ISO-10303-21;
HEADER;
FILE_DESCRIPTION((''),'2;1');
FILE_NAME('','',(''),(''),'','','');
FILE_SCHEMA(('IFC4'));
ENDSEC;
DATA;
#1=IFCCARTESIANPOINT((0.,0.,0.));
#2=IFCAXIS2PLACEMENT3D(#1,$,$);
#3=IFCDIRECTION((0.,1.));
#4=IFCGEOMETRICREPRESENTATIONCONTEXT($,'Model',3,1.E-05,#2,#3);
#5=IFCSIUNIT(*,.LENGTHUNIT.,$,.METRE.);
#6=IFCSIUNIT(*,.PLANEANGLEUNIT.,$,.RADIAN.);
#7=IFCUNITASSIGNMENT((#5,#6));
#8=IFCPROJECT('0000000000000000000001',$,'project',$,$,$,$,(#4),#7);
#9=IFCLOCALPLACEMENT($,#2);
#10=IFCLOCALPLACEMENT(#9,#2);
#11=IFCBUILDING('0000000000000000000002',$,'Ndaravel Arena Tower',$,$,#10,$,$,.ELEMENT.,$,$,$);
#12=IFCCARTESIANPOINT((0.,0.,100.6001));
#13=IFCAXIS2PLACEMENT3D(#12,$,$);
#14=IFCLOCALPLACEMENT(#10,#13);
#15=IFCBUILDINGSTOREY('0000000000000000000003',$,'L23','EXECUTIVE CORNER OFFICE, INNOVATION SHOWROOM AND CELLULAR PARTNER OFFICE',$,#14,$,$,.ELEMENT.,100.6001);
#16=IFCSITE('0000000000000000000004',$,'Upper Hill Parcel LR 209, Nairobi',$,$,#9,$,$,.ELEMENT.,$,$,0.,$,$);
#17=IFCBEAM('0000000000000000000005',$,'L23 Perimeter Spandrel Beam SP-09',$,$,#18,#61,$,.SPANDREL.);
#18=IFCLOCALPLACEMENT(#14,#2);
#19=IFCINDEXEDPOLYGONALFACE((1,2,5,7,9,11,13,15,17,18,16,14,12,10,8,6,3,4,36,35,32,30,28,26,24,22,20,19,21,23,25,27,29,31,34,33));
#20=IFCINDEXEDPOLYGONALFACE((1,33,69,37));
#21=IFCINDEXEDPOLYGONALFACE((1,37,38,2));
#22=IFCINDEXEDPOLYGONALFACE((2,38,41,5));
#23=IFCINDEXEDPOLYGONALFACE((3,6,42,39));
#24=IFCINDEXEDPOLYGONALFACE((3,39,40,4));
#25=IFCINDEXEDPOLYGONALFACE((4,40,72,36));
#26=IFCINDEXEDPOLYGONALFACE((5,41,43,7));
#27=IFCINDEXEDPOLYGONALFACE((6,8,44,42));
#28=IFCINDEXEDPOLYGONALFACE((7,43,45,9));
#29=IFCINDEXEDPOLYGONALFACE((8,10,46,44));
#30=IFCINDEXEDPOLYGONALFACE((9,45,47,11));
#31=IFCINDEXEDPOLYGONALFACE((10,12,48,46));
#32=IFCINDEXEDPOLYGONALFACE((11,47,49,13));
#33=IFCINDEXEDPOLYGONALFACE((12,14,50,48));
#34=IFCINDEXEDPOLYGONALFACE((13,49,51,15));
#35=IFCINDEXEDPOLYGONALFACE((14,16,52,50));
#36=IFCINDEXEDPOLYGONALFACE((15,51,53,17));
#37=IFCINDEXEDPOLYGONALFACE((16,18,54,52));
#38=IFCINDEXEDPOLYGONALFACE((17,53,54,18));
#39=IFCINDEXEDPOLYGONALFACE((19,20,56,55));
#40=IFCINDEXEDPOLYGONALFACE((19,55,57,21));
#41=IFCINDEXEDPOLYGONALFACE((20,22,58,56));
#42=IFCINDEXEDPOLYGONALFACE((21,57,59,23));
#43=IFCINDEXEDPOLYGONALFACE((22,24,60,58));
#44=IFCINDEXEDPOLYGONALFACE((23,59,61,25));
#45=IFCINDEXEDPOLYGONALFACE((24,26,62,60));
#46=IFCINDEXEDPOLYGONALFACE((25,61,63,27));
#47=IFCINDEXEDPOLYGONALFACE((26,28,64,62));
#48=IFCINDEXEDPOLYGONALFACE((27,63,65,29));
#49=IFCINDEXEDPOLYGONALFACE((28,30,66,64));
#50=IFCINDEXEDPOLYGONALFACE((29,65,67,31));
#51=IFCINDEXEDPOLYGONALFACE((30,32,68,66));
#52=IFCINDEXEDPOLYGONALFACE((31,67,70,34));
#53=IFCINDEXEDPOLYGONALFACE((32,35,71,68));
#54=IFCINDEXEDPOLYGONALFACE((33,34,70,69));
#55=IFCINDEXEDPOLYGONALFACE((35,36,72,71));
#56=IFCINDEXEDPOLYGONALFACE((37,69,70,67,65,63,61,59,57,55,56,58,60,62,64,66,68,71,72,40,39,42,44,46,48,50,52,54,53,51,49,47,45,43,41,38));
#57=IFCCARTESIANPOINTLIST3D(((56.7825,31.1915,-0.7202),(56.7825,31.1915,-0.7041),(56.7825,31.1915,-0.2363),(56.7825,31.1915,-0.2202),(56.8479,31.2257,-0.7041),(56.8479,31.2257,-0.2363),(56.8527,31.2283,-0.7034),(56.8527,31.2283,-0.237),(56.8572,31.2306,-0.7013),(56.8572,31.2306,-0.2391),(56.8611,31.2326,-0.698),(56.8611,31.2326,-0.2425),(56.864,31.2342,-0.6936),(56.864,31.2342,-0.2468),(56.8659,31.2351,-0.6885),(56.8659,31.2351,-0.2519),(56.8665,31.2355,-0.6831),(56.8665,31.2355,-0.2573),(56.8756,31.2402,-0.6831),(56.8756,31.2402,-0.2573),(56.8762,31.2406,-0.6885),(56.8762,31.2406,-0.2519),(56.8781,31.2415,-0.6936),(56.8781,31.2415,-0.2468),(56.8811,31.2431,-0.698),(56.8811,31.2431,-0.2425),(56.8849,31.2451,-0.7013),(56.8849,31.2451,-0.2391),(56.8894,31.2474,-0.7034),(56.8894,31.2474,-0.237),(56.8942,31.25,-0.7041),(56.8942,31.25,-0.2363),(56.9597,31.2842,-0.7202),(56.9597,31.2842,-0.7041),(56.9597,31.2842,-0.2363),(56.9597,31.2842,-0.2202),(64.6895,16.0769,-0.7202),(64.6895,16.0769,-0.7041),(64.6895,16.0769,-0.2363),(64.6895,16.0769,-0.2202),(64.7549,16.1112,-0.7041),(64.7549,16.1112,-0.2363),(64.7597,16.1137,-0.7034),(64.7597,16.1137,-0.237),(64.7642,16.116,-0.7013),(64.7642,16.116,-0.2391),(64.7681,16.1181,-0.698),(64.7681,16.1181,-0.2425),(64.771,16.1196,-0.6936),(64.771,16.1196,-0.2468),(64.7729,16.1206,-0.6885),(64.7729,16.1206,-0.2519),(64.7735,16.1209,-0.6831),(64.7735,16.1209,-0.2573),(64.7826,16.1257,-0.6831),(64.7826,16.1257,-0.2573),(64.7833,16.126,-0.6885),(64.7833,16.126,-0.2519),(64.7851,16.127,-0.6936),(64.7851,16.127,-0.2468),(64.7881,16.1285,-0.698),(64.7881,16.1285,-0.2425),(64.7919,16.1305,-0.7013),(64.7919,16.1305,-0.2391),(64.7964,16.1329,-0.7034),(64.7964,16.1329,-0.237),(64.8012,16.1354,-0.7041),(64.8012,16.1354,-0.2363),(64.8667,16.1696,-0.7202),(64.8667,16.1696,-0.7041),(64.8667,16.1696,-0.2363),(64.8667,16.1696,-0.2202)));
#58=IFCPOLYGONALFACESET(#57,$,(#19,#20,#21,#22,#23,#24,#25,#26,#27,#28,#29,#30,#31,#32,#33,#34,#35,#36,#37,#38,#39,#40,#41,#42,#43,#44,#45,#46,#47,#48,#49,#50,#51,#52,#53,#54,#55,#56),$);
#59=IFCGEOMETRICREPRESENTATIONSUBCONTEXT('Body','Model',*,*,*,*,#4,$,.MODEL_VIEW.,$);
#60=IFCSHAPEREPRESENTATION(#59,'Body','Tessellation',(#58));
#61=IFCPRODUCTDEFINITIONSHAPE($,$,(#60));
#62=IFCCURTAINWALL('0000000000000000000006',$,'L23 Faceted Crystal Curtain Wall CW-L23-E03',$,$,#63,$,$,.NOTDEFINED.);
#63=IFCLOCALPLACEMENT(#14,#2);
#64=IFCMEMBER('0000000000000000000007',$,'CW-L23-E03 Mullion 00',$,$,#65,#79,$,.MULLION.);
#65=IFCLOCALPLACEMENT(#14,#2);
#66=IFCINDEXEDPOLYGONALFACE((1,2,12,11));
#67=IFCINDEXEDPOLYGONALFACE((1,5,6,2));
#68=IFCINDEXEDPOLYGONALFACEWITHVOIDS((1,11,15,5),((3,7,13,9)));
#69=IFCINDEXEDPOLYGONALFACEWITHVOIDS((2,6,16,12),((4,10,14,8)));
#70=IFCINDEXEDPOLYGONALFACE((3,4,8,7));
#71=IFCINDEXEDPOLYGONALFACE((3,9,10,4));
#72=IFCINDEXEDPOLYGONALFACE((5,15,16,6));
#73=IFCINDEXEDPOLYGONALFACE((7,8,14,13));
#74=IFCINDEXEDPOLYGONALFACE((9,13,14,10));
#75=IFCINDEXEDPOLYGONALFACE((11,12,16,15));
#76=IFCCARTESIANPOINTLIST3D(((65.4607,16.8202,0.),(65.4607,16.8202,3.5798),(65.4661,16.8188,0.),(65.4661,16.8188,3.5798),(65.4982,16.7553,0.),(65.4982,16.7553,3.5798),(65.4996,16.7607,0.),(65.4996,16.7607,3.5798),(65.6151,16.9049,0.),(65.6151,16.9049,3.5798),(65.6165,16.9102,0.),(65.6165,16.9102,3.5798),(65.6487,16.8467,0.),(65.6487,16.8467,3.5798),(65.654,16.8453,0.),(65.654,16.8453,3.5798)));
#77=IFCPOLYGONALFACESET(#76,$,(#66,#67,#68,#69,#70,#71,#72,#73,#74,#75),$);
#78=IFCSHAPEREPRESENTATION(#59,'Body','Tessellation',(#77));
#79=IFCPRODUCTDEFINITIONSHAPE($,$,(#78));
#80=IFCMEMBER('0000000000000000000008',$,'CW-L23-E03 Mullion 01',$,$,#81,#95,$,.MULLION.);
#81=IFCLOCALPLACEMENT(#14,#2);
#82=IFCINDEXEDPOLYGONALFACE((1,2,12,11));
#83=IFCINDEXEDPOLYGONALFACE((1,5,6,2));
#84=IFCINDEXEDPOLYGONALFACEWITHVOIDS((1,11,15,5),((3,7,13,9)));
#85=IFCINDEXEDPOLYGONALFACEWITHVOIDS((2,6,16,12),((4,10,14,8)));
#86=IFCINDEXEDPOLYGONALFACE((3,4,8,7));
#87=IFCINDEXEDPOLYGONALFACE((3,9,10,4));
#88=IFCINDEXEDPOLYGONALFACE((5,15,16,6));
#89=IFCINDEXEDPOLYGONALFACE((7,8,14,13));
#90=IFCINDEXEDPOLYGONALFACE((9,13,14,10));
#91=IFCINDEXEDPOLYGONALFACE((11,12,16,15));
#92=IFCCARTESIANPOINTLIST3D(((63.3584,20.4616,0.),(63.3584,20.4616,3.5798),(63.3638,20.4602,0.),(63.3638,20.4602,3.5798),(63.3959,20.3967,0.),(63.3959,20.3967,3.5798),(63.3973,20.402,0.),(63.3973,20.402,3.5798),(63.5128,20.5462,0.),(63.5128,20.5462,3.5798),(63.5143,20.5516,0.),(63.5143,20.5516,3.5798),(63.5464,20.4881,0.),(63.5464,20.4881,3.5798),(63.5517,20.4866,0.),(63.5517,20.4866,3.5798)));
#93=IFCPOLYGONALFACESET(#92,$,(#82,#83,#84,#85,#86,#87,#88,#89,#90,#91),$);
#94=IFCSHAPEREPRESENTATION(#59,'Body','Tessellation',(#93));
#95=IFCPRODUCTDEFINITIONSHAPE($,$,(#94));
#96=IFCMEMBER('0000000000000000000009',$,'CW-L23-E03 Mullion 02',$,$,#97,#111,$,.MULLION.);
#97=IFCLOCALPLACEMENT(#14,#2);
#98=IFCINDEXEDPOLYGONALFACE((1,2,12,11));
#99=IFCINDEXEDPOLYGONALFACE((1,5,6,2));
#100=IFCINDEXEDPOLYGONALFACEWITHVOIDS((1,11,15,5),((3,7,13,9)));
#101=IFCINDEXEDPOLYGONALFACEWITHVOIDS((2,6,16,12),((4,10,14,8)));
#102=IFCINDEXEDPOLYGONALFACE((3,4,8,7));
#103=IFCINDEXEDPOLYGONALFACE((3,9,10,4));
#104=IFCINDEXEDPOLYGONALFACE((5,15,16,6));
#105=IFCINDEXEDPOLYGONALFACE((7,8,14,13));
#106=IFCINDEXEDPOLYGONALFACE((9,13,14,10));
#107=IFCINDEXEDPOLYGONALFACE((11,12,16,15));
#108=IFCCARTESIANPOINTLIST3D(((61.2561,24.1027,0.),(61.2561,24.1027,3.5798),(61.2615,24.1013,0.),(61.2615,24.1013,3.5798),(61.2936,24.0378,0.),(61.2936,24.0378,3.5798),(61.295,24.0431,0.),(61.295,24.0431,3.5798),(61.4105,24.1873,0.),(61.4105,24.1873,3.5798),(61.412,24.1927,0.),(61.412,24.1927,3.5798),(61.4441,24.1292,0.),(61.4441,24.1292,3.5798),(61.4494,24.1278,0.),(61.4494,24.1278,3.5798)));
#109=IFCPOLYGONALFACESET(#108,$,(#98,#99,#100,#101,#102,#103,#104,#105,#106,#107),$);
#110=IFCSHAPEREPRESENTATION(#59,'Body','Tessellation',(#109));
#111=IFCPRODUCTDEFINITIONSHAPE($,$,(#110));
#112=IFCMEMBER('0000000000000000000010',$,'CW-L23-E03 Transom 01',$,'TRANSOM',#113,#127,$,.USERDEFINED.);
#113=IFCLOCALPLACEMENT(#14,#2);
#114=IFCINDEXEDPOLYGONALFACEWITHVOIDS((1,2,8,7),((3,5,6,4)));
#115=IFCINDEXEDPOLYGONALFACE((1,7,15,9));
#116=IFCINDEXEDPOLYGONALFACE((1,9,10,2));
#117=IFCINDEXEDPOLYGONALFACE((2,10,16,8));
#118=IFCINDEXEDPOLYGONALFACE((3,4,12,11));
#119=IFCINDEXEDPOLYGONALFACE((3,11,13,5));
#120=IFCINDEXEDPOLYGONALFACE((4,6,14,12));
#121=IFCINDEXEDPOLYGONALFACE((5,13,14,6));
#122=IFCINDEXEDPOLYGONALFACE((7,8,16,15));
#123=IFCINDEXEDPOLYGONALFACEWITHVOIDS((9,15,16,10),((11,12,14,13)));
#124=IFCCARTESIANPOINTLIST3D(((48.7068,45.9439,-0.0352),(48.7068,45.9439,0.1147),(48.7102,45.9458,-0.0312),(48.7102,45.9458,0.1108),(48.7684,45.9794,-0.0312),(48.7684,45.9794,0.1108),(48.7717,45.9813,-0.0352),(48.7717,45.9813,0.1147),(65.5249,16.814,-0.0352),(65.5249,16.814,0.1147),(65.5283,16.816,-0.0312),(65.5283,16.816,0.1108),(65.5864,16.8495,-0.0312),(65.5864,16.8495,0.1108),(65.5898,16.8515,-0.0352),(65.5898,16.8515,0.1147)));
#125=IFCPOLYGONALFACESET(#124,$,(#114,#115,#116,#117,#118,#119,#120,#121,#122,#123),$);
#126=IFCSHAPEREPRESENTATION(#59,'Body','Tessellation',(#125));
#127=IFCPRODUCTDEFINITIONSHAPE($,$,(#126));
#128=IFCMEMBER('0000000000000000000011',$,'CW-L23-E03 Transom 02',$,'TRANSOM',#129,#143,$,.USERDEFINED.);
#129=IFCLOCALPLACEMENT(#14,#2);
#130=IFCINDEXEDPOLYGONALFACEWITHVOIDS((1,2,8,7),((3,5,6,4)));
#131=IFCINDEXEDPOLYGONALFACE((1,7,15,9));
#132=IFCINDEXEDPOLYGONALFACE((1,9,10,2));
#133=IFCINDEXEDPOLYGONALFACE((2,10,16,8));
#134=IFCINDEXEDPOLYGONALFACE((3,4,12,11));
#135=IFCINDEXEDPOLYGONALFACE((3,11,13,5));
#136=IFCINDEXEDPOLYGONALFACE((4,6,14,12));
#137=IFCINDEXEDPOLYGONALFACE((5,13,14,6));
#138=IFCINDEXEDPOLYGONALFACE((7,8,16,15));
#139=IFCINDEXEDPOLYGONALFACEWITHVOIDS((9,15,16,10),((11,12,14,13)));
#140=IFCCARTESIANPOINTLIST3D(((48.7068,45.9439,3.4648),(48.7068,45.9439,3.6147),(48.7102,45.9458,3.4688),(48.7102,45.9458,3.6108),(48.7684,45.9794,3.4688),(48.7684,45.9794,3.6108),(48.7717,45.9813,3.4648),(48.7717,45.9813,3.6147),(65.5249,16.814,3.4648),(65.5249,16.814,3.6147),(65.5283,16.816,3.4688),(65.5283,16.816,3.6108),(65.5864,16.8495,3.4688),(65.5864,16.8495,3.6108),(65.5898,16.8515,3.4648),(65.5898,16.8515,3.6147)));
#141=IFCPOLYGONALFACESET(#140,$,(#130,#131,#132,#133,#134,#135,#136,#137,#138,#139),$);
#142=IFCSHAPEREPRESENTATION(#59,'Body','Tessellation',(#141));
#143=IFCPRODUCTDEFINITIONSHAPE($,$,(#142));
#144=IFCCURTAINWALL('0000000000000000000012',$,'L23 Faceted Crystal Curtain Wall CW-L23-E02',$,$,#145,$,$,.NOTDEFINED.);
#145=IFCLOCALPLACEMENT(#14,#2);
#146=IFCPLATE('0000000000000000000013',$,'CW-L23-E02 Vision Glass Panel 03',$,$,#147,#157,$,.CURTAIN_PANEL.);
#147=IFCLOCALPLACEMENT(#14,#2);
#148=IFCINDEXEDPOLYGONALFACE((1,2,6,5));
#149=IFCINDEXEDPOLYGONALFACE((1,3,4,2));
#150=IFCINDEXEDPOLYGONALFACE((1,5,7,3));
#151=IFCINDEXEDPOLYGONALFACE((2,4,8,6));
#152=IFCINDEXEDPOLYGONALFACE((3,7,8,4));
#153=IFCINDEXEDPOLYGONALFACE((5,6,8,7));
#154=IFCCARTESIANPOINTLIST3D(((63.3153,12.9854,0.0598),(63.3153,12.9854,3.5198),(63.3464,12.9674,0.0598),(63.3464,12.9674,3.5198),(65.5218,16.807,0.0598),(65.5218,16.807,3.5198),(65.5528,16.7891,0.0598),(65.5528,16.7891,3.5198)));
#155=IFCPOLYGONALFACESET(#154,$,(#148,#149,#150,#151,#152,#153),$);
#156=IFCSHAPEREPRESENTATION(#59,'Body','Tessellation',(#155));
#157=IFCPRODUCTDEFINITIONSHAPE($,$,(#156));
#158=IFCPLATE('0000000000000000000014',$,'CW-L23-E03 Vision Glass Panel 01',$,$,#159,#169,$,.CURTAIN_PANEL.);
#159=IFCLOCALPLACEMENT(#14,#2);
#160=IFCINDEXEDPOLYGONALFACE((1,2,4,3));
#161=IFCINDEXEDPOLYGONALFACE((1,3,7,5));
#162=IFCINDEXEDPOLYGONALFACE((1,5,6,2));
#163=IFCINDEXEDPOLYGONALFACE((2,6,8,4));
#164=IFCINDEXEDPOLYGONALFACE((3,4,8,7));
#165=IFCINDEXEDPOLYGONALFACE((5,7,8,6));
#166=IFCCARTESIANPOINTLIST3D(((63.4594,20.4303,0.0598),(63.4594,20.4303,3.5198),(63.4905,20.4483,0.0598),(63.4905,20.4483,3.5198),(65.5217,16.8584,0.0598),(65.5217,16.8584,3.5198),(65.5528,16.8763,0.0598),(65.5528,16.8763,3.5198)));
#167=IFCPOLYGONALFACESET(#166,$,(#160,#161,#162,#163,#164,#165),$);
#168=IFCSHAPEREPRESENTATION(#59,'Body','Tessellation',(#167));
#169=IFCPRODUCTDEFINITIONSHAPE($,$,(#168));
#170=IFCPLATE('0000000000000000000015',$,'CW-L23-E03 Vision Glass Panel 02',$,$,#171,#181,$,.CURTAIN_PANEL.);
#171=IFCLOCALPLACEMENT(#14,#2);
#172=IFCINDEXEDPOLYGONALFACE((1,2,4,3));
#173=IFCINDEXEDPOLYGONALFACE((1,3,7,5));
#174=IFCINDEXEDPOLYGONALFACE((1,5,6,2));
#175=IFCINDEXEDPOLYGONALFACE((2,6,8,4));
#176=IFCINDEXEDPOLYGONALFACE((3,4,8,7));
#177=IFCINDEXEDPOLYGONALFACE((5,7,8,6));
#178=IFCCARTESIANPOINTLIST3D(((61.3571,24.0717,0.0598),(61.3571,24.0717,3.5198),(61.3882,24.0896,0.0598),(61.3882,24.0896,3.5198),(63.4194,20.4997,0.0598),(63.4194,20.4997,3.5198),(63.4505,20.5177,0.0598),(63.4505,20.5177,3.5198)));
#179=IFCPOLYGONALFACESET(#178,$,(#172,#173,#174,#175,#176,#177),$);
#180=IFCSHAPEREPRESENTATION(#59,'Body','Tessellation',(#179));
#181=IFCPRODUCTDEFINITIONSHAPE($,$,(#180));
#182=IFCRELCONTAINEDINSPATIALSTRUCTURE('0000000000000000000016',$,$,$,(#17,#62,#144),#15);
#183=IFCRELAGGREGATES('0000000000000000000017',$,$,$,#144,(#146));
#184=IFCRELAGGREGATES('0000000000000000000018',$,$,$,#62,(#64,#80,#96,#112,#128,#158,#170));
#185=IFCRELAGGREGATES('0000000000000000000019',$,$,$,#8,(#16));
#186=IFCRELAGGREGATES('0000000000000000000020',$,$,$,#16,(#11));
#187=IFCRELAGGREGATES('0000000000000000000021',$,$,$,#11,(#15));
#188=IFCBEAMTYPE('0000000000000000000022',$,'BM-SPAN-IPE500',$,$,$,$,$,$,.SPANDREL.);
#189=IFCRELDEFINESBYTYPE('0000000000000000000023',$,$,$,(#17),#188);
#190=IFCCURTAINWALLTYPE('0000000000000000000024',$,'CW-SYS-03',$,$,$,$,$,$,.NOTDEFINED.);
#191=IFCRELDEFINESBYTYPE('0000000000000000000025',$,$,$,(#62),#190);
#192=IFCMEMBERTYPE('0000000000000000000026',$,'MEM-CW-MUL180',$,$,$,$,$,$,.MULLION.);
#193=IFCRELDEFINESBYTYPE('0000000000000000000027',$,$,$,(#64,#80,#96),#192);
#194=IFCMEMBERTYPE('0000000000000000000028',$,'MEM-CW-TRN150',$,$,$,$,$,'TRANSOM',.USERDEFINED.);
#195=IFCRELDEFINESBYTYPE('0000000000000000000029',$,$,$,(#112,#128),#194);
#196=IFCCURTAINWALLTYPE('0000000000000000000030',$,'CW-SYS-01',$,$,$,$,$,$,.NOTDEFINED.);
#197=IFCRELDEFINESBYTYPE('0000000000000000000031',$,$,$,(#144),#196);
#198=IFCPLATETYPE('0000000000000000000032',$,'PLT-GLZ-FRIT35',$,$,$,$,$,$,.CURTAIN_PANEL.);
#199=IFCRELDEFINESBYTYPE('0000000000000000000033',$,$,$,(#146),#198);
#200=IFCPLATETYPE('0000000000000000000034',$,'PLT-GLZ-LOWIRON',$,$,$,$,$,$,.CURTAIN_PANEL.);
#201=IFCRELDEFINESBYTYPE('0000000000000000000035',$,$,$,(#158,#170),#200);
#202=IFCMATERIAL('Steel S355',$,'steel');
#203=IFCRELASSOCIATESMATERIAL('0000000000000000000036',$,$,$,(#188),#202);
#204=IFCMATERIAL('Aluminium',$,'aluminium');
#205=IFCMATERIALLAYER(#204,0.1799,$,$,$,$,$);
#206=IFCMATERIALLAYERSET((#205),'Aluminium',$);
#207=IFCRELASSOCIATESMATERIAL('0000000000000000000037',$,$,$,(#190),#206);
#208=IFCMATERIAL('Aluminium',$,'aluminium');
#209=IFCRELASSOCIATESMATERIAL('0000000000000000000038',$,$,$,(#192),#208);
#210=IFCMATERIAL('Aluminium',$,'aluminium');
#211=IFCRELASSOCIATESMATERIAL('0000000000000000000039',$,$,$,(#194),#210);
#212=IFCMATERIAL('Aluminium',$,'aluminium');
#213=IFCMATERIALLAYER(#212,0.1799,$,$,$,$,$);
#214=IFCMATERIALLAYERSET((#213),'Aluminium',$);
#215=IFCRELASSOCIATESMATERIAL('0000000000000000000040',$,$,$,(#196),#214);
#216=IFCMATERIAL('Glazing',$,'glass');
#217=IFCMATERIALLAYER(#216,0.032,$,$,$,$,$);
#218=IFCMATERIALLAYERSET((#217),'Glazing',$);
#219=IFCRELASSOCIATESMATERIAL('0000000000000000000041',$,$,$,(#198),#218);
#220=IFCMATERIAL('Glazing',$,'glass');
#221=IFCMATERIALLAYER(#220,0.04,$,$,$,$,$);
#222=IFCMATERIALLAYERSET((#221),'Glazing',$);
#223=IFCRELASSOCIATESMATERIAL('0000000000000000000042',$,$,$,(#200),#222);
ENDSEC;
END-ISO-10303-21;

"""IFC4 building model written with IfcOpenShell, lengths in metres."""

from ifc_helpers import new_model, si_unit, direction, frame, origin, origin_2d, place, context, subcontext, project, spatial, rectangle, hollow_rectangle, i_section, extrude, material, layer, layer_set, material_profile, profile_set, type_object, element, aggregate, save


model = new_model("IFC4")

# Units and contexts
model_context = context("Model", 3, precision=1e-05, world=origin(), true_north=direction((0.0, 1.0)))
body_context = subcontext(model_context, "Body", "Model", "MODEL_VIEW")
ifc_project = project(units=[si_unit("LENGTHUNIT", "METRE"), si_unit("PLANEANGLEUNIT", "RADIAN")], contexts=[model_context])

# Site, building, storey
site_placement = place(None, origin())
site = spatial("IfcSite", under=ifc_project, at=site_placement, Name="Upper Hill Parcel LR 209, Nairobi", CompositionType="ELEMENT", RefElevation=0.0)
building_placement = place(site_placement, origin())
building = spatial("IfcBuilding", under=site, at=building_placement, Name="Ndaravel Arena Tower", CompositionType="ELEMENT")
storey_placement = place(building_placement, frame((0.0, 0.0, 100.6001)))
storey = spatial("IfcBuildingStorey", under=building, at=storey_placement, Name="L23", Description="EXECUTIVE CORNER OFFICE, INNOVATION SHOWROOM AND CELLULAR PARTNER OFFICE", CompositionType="ELEMENT", Elevation=100.6001)

# Beam
ifc_material_1 = material(Name="Steel S355", Category="steel")
ifc_material_profile_1 = material_profile(ifc_material_1, i_section(OverallWidth=0.2, OverallDepth=0.5, WebThickness=0.0103, FlangeThickness=0.0161, FilletRadius=0.021, at=origin_2d()), Name="IPE 500")
ifc_profile_set_1 = profile_set([ifc_material_profile_1], Name="Steel S355")
beam_type_1 = type_object("IfcBeamType", Name="BM-SPAN-IPE500", PredefinedType="SPANDREL", material=ifc_profile_set_1)
beam_1_placement = place(storey_placement, frame((64.7781, 16.1233, -0.4702), z_axis=(-0.463541, 0.886076, 0.0), x_axis=(-0.886076, -0.463541, 0.0)))
element("IfcBeam", 1, at=beam_1_placement, inside=storey, type_object=beam_type_1, Name="L23 Perimeter Spandrel Beam SP-09", PredefinedType="SPANDREL", context=body_context, shape_type="SweptSolid", body=[
    extrude(i_section(OverallWidth=0.2, OverallDepth=0.5, WebThickness=0.0103, FlangeThickness=0.0161, FilletRadius=0.021, at=origin_2d()), origin(), (0.0, 0.0, 1.0), 17.0579),
])

# Curtain wall, members
ifc_material_2 = material(Name="Aluminium", Category="aluminium")
ifc_layer_1 = layer(ifc_material_2, 0.1799)
ifc_layer_set_1 = layer_set([ifc_layer_1], Name="Aluminium")
curtain_wall_type_1 = type_object("IfcCurtainWallType", Name="CW-SYS-03", PredefinedType="NOTDEFINED", material=ifc_layer_set_1)
curtain_wall_1_placement = place(storey_placement, origin())
curtain_wall_1 = element("IfcCurtainWall", 2, at=curtain_wall_1_placement, inside=storey, type_object=curtain_wall_type_1, Name="L23 Faceted Crystal Curtain Wall CW-L23-E03", PredefinedType="NOTDEFINED")
ifc_material_3 = material(Name="Aluminium", Category="aluminium")
ifc_material_profile_2 = material_profile(ifc_material_3, hollow_rectangle(XDim=0.075, YDim=0.1799, WallThickness=0.0039, at=origin_2d()), Name="CW MULLION 75x180x4")
ifc_profile_set_2 = profile_set([ifc_material_profile_2], Name="Aluminium")
member_type_1 = type_object("IfcMemberType", Name="MEM-CW-MUL180", PredefinedType="MULLION", material=ifc_profile_set_2)
member_1_placement = place(storey_placement, frame((65.5574, 16.8328, 0.0), z_axis=(0.0, 0.0, 1.0), x_axis=(-0.5, 0.866025, 0.0)))
member_1 = element("IfcMember", 3, at=member_1_placement, type_object=member_type_1, Name="CW-L23-E03 Mullion 00", PredefinedType="MULLION", context=body_context, shape_type="SweptSolid", body=[
    extrude(hollow_rectangle(XDim=0.075, YDim=0.1799, WallThickness=0.0039, at=origin_2d()), origin(), (0.0, 0.0, 1.0), 3.5798),
])
member_2_placement = place(storey_placement, frame((63.4551, 20.4741, 0.0), z_axis=(0.0, 0.0, 1.0), x_axis=(-0.5, 0.866025, 0.0)))
member_2 = element("IfcMember", 4, at=member_2_placement, type_object=member_type_1, Name="CW-L23-E03 Mullion 01", PredefinedType="MULLION", context=body_context, shape_type="SweptSolid", body=[
    extrude(hollow_rectangle(XDim=0.075, YDim=0.1799, WallThickness=0.0039, at=origin_2d()), origin(), (0.0, 0.0, 1.0), 3.5798),
])
member_3_placement = place(storey_placement, frame((61.3528, 24.1152, 0.0), z_axis=(0.0, 0.0, 1.0), x_axis=(-0.5, 0.866025, 0.0)))
member_3 = element("IfcMember", 5, at=member_3_placement, type_object=member_type_1, Name="CW-L23-E03 Mullion 02", PredefinedType="MULLION", context=body_context, shape_type="SweptSolid", body=[
    extrude(hollow_rectangle(XDim=0.075, YDim=0.1799, WallThickness=0.0039, at=origin_2d()), origin(), (0.0, 0.0, 1.0), 3.5798),
])
ifc_material_4 = material(Name="Aluminium", Category="aluminium")
ifc_material_profile_3 = material_profile(ifc_material_4, hollow_rectangle(XDim=0.075, YDim=0.1499, WallThickness=0.0039, at=origin_2d()), Name="CW TRANSOM 75x150x4")
ifc_profile_set_3 = profile_set([ifc_material_profile_3], Name="Aluminium")
member_type_2 = type_object("IfcMemberType", Name="MEM-CW-TRN150", ElementType="TRANSOM", PredefinedType="USERDEFINED", material=ifc_profile_set_3)
member_4_placement = place(storey_placement, frame((65.5574, 16.8328, 0.0398), z_axis=(-0.499999, 0.866026, 0.0), x_axis=(-0.866026, -0.499999, 0.0)))
member_4 = element("IfcMember", 6, at=member_4_placement, type_object=member_type_2, Name="CW-L23-E03 Transom 01", ObjectType="TRANSOM", PredefinedType="USERDEFINED", context=body_context, shape_type="SweptSolid", body=[
    extrude(hollow_rectangle(XDim=0.075, YDim=0.1499, WallThickness=0.0039, at=origin_2d()), origin(), (0.0, 0.0, 1.0), 33.6362),
])
member_5_placement = place(storey_placement, frame((65.5574, 16.8328, 3.5398), z_axis=(-0.499999, 0.866026, 0.0), x_axis=(-0.866026, -0.499999, 0.0)))
member_5 = element("IfcMember", 7, at=member_5_placement, type_object=member_type_2, Name="CW-L23-E03 Transom 02", ObjectType="TRANSOM", PredefinedType="USERDEFINED", context=body_context, shape_type="SweptSolid", body=[
    extrude(hollow_rectangle(XDim=0.075, YDim=0.1499, WallThickness=0.0039, at=origin_2d()), origin(), (0.0, 0.0, 1.0), 33.6362),
])

# Curtain wall, plate
ifc_material_5 = material(Name="Aluminium", Category="aluminium")
ifc_layer_2 = layer(ifc_material_5, 0.1799)
ifc_layer_set_2 = layer_set([ifc_layer_2], Name="Aluminium")
curtain_wall_type_2 = type_object("IfcCurtainWallType", Name="CW-SYS-01", PredefinedType="NOTDEFINED", material=ifc_layer_set_2)
curtain_wall_2_placement = place(storey_placement, origin())
curtain_wall_2 = element("IfcCurtainWall", 8, at=curtain_wall_2_placement, inside=storey, type_object=curtain_wall_type_2, Name="L23 Faceted Crystal Curtain Wall CW-L23-E02", PredefinedType="NOTDEFINED")
ifc_material_6 = material(Name="Glazing", Category="glass")
ifc_layer_3 = layer(ifc_material_6, 0.032)
ifc_layer_set_3 = layer_set([ifc_layer_3], Name="Glazing")
plate_type_1 = type_object("IfcPlateType", Name="PLT-GLZ-FRIT35", PredefinedType="CURTAIN_PANEL", material=ifc_layer_set_3)
plate_1_placement = place(storey_placement, frame((64.4341, 14.8872, 0.0598), z_axis=(0.0, 0.0, 1.0), x_axis=(0.5, 0.866025, 0.0)))
plate_1 = element("IfcPlate", 9, at=plate_1_placement, type_object=plate_type_1, Name="CW-L23-E02 Vision Glass Panel 03", PredefinedType="CURTAIN_PANEL", context=body_context, shape_type="SweptSolid", body=[
    extrude(rectangle(XDim=4.4128, YDim=0.0359, at=origin_2d()), origin(), (0.0, 0.0, 1.0), 3.46),
])
aggregate(curtain_wall_2, [plate_1])

# Plates
ifc_material_7 = material(Name="Glazing", Category="glass")
ifc_layer_4 = layer(ifc_material_7, 0.04)
ifc_layer_set_4 = layer_set([ifc_layer_4], Name="Glazing")
plate_type_2 = type_object("IfcPlateType", Name="PLT-GLZ-LOWIRON", PredefinedType="CURTAIN_PANEL", material=ifc_layer_set_4)
plate_2_placement = place(storey_placement, frame((64.5061, 18.6533, 0.0598), z_axis=(0.0, 0.0, 1.0), x_axis=(-0.5, 0.866025, 0.0)))
plate_2 = element("IfcPlate", 10, at=plate_2_placement, type_object=plate_type_2, Name="CW-L23-E03 Vision Glass Panel 01", PredefinedType="CURTAIN_PANEL", context=body_context, shape_type="SweptSolid", body=[
    extrude(rectangle(XDim=4.1245, YDim=0.0359, at=origin_2d()), origin(), (0.0, 0.0, 1.0), 3.46),
])
plate_3_placement = place(storey_placement, frame((62.4038, 22.2947, 0.0598), z_axis=(0.0, 0.0, 1.0), x_axis=(-0.5, 0.866025, 0.0)))
plate_3 = element("IfcPlate", 11, at=plate_3_placement, type_object=plate_type_2, Name="CW-L23-E03 Vision Glass Panel 02", PredefinedType="CURTAIN_PANEL", context=body_context, shape_type="SweptSolid", body=[
    extrude(rectangle(XDim=4.1245, YDim=0.0359, at=origin_2d()), origin(), (0.0, 0.0, 1.0), 3.46),
])
aggregate(curtain_wall_1, [member_1, member_2, member_3, member_4, member_5, plate_2, plate_3])

save(model, "model.ifc")
